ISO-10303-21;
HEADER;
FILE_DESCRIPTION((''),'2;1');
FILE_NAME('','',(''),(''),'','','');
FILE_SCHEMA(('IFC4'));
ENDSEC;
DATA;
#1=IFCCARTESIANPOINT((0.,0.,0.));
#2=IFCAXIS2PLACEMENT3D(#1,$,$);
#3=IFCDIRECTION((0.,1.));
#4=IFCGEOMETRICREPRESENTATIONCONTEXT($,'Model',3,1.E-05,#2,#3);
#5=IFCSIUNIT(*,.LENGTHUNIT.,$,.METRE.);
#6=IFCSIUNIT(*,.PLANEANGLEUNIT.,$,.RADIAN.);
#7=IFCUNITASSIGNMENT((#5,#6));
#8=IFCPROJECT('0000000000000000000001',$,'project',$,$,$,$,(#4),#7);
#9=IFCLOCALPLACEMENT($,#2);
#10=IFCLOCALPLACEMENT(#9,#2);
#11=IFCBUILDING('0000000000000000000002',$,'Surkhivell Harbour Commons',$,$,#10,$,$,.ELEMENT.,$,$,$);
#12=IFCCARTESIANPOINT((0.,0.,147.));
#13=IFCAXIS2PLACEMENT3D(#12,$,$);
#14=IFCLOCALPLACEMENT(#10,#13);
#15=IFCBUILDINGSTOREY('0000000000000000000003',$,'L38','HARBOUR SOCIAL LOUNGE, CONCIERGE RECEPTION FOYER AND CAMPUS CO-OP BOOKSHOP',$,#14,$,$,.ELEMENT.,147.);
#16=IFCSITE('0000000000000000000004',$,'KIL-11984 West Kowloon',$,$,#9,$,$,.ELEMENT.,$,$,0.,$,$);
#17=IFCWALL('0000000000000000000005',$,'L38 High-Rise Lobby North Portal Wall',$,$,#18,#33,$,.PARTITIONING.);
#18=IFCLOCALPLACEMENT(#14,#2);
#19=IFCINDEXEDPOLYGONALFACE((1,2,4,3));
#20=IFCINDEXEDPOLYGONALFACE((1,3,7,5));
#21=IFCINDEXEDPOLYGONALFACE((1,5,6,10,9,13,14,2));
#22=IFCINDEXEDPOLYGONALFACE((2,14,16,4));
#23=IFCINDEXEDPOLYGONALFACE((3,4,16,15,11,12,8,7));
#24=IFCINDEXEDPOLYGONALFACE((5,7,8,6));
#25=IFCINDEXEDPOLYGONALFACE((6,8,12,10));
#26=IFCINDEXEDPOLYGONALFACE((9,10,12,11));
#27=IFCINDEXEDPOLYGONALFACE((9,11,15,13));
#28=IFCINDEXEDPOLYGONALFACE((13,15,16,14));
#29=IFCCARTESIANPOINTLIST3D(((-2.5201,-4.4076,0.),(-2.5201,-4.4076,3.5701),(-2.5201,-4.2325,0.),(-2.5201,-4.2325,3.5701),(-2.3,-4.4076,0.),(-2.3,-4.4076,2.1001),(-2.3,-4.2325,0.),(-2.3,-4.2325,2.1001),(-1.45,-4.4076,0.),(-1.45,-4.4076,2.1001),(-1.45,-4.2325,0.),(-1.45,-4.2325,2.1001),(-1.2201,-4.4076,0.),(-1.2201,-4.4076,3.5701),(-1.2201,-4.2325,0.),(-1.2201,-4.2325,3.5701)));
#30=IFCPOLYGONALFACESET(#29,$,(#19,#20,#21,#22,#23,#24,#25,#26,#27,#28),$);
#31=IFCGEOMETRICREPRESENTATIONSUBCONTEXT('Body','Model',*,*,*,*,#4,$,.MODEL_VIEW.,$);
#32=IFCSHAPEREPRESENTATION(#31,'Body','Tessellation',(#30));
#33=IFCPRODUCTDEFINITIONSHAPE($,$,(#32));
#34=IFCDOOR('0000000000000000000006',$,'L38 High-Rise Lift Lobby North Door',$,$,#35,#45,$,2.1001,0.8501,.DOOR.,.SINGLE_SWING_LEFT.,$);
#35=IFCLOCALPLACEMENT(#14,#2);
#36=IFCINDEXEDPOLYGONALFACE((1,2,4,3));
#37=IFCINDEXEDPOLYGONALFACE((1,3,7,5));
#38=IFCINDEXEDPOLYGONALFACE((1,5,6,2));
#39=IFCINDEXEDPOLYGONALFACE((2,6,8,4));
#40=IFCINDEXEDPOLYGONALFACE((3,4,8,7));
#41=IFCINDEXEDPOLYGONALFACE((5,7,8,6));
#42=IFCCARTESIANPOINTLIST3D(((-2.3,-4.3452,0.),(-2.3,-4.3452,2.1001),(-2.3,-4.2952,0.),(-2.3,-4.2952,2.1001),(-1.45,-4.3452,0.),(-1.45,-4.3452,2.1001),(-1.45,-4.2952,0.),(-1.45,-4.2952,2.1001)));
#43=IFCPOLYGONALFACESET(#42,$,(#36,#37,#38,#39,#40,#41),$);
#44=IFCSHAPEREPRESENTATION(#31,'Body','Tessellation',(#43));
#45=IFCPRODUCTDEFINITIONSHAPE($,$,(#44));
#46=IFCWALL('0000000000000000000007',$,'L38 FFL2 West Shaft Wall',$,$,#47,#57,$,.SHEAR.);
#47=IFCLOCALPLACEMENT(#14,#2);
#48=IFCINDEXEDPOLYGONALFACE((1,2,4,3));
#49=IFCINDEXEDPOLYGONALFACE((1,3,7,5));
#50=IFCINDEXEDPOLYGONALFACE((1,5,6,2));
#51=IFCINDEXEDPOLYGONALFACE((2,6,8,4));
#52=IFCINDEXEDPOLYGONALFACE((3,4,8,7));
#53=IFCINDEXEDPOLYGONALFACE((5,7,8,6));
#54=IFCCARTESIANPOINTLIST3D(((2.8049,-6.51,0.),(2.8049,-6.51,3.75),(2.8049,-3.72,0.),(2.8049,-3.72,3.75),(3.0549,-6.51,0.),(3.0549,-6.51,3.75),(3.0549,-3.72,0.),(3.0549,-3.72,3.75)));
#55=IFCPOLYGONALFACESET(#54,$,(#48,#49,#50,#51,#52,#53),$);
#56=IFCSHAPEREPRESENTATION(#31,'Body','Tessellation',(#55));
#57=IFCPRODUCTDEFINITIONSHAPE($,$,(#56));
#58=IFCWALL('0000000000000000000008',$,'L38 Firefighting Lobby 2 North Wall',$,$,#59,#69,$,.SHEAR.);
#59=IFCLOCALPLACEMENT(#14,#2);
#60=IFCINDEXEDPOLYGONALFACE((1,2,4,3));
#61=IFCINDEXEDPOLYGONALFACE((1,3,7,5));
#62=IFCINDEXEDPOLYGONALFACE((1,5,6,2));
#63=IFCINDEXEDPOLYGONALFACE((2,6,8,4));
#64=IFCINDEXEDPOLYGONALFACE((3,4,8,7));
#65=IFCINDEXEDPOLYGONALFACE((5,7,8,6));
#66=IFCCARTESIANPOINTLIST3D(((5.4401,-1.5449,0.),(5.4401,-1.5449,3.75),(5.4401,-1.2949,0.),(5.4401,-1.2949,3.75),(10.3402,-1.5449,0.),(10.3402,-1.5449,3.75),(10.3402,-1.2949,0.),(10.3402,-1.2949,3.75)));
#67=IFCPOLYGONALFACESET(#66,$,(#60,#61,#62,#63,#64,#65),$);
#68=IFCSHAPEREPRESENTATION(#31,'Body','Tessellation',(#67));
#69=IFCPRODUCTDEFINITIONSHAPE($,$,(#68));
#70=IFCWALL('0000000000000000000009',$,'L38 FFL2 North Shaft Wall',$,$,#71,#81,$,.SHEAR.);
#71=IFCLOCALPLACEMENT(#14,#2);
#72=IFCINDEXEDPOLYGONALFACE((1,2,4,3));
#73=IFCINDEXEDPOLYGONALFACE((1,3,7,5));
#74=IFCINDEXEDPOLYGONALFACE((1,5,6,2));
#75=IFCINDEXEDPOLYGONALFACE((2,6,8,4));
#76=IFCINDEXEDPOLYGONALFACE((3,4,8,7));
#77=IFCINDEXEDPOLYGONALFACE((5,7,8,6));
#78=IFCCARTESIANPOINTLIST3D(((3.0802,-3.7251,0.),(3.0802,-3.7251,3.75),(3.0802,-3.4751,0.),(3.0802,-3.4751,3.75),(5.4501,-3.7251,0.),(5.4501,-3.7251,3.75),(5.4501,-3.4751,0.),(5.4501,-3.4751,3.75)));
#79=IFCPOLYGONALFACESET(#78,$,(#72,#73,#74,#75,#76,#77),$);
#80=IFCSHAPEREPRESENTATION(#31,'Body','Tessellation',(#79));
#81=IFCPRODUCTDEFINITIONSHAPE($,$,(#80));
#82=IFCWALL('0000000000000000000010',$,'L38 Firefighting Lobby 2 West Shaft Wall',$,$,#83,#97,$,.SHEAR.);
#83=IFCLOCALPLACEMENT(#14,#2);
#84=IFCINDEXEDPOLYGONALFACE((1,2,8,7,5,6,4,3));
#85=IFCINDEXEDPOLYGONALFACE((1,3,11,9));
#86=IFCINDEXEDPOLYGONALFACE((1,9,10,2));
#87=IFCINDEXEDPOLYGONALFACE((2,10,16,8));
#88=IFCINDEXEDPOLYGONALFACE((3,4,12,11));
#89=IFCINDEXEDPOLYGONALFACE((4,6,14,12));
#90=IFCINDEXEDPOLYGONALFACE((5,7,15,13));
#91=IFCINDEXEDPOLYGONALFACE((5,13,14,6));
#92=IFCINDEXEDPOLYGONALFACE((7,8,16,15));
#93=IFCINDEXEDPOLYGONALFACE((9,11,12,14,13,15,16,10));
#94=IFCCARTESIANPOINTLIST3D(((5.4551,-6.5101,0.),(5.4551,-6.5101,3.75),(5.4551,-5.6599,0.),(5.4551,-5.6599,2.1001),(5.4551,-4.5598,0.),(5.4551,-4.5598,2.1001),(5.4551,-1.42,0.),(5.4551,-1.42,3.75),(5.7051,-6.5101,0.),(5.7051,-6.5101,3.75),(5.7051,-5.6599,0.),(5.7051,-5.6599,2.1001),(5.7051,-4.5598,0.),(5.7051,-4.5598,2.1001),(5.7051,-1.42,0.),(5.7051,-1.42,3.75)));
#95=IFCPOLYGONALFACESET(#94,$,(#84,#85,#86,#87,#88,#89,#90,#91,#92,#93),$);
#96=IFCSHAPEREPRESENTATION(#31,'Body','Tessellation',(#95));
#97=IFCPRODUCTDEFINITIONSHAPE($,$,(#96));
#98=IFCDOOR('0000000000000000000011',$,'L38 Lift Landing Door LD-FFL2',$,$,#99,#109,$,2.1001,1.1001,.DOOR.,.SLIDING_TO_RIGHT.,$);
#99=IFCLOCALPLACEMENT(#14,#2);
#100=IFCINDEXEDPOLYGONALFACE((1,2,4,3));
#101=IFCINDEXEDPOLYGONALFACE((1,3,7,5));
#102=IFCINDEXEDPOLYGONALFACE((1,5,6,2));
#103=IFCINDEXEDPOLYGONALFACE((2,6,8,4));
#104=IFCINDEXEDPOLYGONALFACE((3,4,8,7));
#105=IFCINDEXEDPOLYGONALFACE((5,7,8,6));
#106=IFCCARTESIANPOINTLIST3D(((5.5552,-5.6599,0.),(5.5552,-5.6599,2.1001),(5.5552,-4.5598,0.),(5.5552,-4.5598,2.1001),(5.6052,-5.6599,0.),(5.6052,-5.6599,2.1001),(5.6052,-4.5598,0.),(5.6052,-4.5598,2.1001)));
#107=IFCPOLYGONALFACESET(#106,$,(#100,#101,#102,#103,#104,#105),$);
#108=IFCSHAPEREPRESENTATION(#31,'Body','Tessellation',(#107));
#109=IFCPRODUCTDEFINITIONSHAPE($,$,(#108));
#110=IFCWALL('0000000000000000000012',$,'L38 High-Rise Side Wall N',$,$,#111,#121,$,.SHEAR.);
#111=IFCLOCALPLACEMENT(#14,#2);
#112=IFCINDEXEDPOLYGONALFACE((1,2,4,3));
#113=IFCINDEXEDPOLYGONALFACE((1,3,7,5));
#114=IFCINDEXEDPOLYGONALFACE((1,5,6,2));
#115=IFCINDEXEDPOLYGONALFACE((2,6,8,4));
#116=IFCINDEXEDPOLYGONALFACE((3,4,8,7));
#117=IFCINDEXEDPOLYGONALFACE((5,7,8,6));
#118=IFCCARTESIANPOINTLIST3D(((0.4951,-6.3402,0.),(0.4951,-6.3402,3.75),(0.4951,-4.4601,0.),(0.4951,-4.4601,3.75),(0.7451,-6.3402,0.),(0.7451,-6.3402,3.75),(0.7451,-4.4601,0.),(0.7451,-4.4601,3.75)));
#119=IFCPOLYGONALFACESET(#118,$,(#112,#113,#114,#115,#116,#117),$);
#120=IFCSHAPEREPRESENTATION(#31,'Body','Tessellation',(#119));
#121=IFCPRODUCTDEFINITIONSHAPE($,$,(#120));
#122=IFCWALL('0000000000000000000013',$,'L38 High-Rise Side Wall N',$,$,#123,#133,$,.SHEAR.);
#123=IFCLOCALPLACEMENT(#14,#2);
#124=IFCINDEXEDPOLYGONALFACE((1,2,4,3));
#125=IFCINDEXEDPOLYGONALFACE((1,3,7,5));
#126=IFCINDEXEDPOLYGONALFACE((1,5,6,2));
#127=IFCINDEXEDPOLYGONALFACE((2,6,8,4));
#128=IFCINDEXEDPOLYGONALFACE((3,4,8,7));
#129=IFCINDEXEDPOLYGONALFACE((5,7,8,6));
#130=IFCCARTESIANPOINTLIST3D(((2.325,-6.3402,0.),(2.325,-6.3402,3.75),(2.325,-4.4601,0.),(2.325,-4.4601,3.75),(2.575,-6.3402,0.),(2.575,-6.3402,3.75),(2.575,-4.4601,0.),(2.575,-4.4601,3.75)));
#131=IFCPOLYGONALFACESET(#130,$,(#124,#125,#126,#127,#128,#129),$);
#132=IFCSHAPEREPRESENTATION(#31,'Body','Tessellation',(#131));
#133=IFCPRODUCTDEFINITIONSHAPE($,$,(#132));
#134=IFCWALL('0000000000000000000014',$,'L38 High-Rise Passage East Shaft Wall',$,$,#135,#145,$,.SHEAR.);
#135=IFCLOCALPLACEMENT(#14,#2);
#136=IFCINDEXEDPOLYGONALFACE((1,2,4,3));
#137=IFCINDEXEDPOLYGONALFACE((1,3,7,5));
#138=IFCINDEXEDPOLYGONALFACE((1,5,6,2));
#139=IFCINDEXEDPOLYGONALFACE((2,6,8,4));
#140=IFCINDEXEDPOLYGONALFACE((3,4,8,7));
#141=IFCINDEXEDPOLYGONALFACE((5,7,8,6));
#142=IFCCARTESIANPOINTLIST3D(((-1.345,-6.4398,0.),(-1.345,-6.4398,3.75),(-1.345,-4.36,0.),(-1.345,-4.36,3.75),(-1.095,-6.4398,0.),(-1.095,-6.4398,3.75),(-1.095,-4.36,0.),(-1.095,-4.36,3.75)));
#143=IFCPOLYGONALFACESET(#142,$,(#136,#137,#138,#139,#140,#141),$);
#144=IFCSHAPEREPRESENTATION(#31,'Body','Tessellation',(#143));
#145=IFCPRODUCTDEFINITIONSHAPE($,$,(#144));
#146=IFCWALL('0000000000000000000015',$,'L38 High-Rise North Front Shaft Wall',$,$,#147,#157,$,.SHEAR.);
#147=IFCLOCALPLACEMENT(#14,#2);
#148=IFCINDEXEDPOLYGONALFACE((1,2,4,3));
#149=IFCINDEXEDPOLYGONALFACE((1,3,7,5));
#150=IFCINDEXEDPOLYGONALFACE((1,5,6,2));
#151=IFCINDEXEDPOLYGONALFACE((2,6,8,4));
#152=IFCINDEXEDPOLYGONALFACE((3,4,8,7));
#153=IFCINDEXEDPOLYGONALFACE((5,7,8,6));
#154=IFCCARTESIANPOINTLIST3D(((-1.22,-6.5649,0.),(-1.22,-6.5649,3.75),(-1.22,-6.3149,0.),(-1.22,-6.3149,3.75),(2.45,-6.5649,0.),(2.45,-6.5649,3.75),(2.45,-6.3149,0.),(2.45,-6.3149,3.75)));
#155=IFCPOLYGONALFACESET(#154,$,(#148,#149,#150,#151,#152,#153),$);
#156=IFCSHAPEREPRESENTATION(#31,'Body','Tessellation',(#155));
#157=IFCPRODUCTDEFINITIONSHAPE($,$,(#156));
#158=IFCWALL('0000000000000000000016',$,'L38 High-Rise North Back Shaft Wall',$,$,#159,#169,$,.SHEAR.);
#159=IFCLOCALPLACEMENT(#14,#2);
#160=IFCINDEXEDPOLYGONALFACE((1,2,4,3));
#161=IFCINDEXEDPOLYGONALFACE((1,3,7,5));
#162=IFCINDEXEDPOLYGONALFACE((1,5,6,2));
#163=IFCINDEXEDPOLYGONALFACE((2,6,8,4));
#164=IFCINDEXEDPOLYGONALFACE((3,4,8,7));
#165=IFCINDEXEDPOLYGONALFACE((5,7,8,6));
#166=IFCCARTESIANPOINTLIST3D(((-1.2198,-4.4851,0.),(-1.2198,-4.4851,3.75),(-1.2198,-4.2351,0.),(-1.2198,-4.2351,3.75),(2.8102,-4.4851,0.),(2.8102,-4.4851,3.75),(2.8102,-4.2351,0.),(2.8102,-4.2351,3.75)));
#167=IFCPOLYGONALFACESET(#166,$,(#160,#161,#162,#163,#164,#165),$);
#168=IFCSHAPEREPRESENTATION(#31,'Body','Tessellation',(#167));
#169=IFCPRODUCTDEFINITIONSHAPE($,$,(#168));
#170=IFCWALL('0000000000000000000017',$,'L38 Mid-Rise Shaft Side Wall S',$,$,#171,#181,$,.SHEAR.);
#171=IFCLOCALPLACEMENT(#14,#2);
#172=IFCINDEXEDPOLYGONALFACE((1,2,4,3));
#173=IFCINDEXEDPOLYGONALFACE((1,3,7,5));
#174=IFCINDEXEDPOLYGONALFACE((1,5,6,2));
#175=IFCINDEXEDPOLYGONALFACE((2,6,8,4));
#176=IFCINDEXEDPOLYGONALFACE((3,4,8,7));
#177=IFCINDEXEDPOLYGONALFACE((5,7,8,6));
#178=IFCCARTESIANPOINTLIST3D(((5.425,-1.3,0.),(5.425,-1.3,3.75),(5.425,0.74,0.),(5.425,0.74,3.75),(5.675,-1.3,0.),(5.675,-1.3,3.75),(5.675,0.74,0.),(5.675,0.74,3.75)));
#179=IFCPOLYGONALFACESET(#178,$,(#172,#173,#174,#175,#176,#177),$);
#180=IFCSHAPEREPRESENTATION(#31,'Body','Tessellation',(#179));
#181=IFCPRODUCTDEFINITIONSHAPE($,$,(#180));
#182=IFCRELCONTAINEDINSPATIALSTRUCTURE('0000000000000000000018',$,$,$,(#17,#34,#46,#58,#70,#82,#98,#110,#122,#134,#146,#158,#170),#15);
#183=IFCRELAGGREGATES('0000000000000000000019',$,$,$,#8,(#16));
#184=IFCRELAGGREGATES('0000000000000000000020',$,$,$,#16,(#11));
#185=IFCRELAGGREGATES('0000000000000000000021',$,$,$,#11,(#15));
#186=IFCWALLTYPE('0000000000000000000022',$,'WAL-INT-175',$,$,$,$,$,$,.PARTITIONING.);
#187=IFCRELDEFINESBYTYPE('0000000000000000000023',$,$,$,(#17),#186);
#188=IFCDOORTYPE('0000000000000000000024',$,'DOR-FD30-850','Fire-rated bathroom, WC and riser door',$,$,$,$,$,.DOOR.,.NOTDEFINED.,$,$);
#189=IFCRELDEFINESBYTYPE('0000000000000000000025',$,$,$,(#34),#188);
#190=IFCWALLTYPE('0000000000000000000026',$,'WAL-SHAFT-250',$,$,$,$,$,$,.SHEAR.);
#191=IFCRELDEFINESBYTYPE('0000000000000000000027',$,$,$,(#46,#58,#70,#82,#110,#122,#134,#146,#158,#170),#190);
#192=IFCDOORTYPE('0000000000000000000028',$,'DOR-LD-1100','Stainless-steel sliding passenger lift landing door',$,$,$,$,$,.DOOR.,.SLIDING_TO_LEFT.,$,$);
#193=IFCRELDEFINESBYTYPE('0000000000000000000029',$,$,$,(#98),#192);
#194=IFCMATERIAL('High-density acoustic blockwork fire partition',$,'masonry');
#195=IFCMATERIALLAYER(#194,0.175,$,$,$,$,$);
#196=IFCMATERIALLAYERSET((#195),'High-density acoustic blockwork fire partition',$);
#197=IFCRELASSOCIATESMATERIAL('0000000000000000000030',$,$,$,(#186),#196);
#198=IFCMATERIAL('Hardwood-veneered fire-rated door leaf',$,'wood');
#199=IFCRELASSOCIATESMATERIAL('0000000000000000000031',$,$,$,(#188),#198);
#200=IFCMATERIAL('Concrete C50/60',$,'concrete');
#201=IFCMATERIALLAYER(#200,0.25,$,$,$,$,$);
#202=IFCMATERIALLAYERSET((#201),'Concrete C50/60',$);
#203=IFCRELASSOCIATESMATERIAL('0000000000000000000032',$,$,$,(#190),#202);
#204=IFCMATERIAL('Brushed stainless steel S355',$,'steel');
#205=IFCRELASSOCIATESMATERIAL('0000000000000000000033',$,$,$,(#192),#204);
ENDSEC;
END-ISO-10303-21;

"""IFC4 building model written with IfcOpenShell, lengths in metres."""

from ifc_helpers import new_model, si_unit, direction, frame, frame_2d, origin, place, context, subcontext, project, spatial, rectangle, extrude, material, layer, layer_set, type_object, element, fill, save


model = new_model("IFC4")

# Units and contexts
model_context = context("Model", 3, precision=1e-05, world=origin(), true_north=direction((0.0, 1.0)))
body_context = subcontext(model_context, "Body", "Model", "MODEL_VIEW")
ifc_project = project(units=[si_unit("LENGTHUNIT", "METRE"), si_unit("PLANEANGLEUNIT", "RADIAN")], contexts=[model_context])

# Site, building, storey
site_placement = place(None, origin())
site = spatial("IfcSite", under=ifc_project, at=site_placement, Name="KIL-11984 West Kowloon", CompositionType="ELEMENT", RefElevation=0.0)
building_placement = place(site_placement, origin())
building = spatial("IfcBuilding", under=site, at=building_placement, Name="Surkhivell Harbour Commons", CompositionType="ELEMENT")
storey_placement = place(building_placement, frame((0.0, 0.0, 147.0)))
storey = spatial("IfcBuildingStorey", under=building, at=storey_placement, Name="L38", Description="HARBOUR SOCIAL LOUNGE, CONCIERGE RECEPTION FOYER AND CAMPUS CO-OP BOOKSHOP", CompositionType="ELEMENT", Elevation=147.0)

# Wall, opening, door
ifc_material_1 = material(Name="High-density acoustic blockwork fire partition", Category="masonry")
ifc_layer_1 = layer(ifc_material_1, 0.175)
ifc_layer_set_1 = layer_set([ifc_layer_1], Name="High-density acoustic blockwork fire partition")
wall_type_1 = type_object("IfcWallType", Name="WAL-INT-175", PredefinedType="PARTITIONING", material=ifc_layer_set_1)
wall_1_placement = place(storey_placement, frame((-2.52, -4.3201, 0.0), z_axis=(0.0, 0.0, 1.0), x_axis=(1.0, 0.0, 0.0)))
wall_1 = element("IfcWall", 1, at=wall_1_placement, inside=storey, type_object=wall_type_1, Name="L38 High-Rise Lobby North Portal Wall", PredefinedType="PARTITIONING", context=body_context, shape_type="SweptSolid", body=[
    extrude(rectangle(XDim=1.3, YDim=0.175, at=frame_2d((0.6499, 0.0))), origin(), (0.0, 0.0, 1.0), 3.5701),
])
opening_1_placement = place(wall_1_placement, frame((0.22, 0.0, 0.0)))
opening_1 = element("IfcOpeningElement", 2, at=opening_1_placement, cuts=wall_1, PredefinedType="OPENING", context=body_context, shape_type="SweptSolid", body=[
    extrude(rectangle(XDim=0.8501, YDim=2.1001, at=frame_2d((0.425, 1.05))), frame((0.0, 0.0974, 0.0), z_axis=(0.0, -1.0, 0.0), x_axis=(1.0, 0.0, 0.0)), (0.0, 0.0, 1.0), 0.1951),
])
ifc_material_2 = material(Name="Hardwood-veneered fire-rated door leaf", Category="wood")
door_type_1 = type_object("IfcDoorType", Name="DOR-FD30-850", Description="Fire-rated bathroom, WC and riser door", OperationType="NOTDEFINED", PredefinedType="DOOR", material=ifc_material_2)
door_1_placement = place(opening_1_placement, origin())
door_1 = element("IfcDoor", 3, at=door_1_placement, inside=storey, type_object=door_type_1, Name="L38 High-Rise Lift Lobby North Door", OperationType="SINGLE_SWING_LEFT", OverallHeight=2.1001, OverallWidth=0.8501, PredefinedType="DOOR", context=body_context, shape_type="SweptSolid", body=[
    extrude(rectangle(XDim=0.8501, YDim=2.1001, at=frame_2d((0.425, 1.05))), frame((0.0, 0.0249, 0.0), z_axis=(0.0, -1.0, 0.0), x_axis=(1.0, 0.0, 0.0)), (0.0, 0.0, 1.0), 0.05),
])
fill(opening_1, door_1)

# Walls
ifc_material_3 = material(Name="Concrete C50/60", Category="concrete")
ifc_layer_2 = layer(ifc_material_3, 0.25)
ifc_layer_set_2 = layer_set([ifc_layer_2], Name="Concrete C50/60")
wall_type_2 = type_object("IfcWallType", Name="WAL-SHAFT-250", PredefinedType="SHEAR", material=ifc_layer_set_2)
wall_2_placement = place(storey_placement, frame((2.9299, -6.51, 0.0), z_axis=(0.0, 0.0, 1.0), x_axis=(0.0, 1.0, 0.0)))
element("IfcWall", 4, at=wall_2_placement, inside=storey, type_object=wall_type_2, Name="L38 FFL2 West Shaft Wall", PredefinedType="SHEAR", context=body_context, shape_type="SweptSolid", body=[
    extrude(rectangle(XDim=2.79, YDim=0.25, at=frame_2d((1.395, 0.0))), origin(), (0.0, 0.0, 1.0), 3.75),
])
wall_3_placement = place(storey_placement, frame((5.4399, -1.4199, 0.0), z_axis=(0.0, 0.0, 1.0), x_axis=(1.0, 0.0, 0.0)))
element("IfcWall", 5, at=wall_3_placement, inside=storey, type_object=wall_type_2, Name="L38 Firefighting Lobby 2 North Wall", PredefinedType="SHEAR", context=body_context, shape_type="SweptSolid", body=[
    extrude(rectangle(XDim=4.9001, YDim=0.25, at=frame_2d((2.4502, 0.0))), origin(), (0.0, 0.0, 1.0), 3.75),
])
wall_4_placement = place(storey_placement, frame((3.0801, -3.6001, 0.0), z_axis=(0.0, 0.0, 1.0), x_axis=(1.0, 0.0, 0.0)))
element("IfcWall", 6, at=wall_4_placement, inside=storey, type_object=wall_type_2, Name="L38 FFL2 North Shaft Wall", PredefinedType="SHEAR", context=body_context, shape_type="SweptSolid", body=[
    extrude(rectangle(XDim=2.3699, YDim=0.25, at=frame_2d((1.1851, 0.0))), origin(), (0.0, 0.0, 1.0), 3.75),
])

# Wall, opening, door
wall_5_placement = place(storey_placement, frame((5.5801, -6.51, 0.0), z_axis=(0.0, 0.0, 1.0), x_axis=(0.0, 1.0, 0.0)))
wall_5 = element("IfcWall", 7, at=wall_5_placement, inside=storey, type_object=wall_type_2, Name="L38 Firefighting Lobby 2 West Shaft Wall", PredefinedType="SHEAR", context=body_context, shape_type="SweptSolid", body=[
    extrude(rectangle(XDim=5.0901, YDim=0.25, at=frame_2d((2.5449, 0.0))), origin(), (0.0, 0.0, 1.0), 3.75),
])
opening_2_placement = place(wall_5_placement, frame((0.8501, 0.0, 0.0)))
opening_2 = element("IfcOpeningElement", 8, at=opening_2_placement, cuts=wall_5, PredefinedType="OPENING", context=body_context, shape_type="SweptSolid", body=[
    extrude(rectangle(XDim=1.1001, YDim=2.1001, at=frame_2d((0.55, 1.05))), frame((0.0, 0.135, 0.0), z_axis=(0.0, -1.0, 0.0), x_axis=(1.0, 0.0, 0.0)), (0.0, 0.0, 1.0), 0.27),
])
ifc_material_4 = material(Name="Brushed stainless steel S355", Category="steel")
door_type_2 = type_object("IfcDoorType", Name="DOR-LD-1100", Description="Stainless-steel sliding passenger lift landing door", OperationType="SLIDING_TO_LEFT", PredefinedType="DOOR", material=ifc_material_4)
door_2_placement = place(opening_2_placement, origin())
door_2 = element("IfcDoor", 9, at=door_2_placement, inside=storey, type_object=door_type_2, Name="L38 Lift Landing Door LD-FFL2", OperationType="SLIDING_TO_RIGHT", OverallHeight=2.1001, OverallWidth=1.1001, PredefinedType="DOOR", context=body_context, shape_type="SweptSolid", body=[
    extrude(rectangle(XDim=1.1001, YDim=2.1001, at=frame_2d((0.55, 1.05))), frame((0.0, 0.0249, 0.0), z_axis=(0.0, -1.0, 0.0), x_axis=(1.0, 0.0, 0.0)), (0.0, 0.0, 1.0), 0.05),
])
fill(opening_2, door_2)

# Walls
for number, where, z_axis, x_axis, name in (
    (10, (0.6201, -6.3401, 0.0), (0.0, 0.0, 1.0), (0.0, 1.0, 0.0), "L38 High-Rise Side Wall N"),
    (11, (2.45, -6.3401, 0.0), (0.0, 0.0, 1.0), (0.0, 1.0, 0.0), "L38 High-Rise Side Wall N"),
):
    element("IfcWall", number, at=place(storey_placement, frame(where, z_axis=z_axis, x_axis=x_axis)), inside=storey, type_object=wall_type_2, Name=name, PredefinedType="SHEAR", context=body_context, shape_type="SweptSolid", body=[
        extrude(rectangle(XDim=1.8801, YDim=0.25, at=frame_2d((0.9399, 0.0))), origin(), (0.0, 0.0, 1.0), 3.75),
    ])
wall_6_placement = place(storey_placement, frame((-1.22, -6.4399, 0.0), z_axis=(0.0, 0.0, 1.0), x_axis=(0.0, 1.0, 0.0)))
element("IfcWall", 12, at=wall_6_placement, inside=storey, type_object=wall_type_2, Name="L38 High-Rise Passage East Shaft Wall", PredefinedType="SHEAR", context=body_context, shape_type="SweptSolid", body=[
    extrude(rectangle(XDim=2.0798, YDim=0.25, at=frame_2d((1.04, 0.0))), origin(), (0.0, 0.0, 1.0), 3.75),
])
wall_7_placement = place(storey_placement, frame((-1.22, -6.4399, 0.0), z_axis=(0.0, 0.0, 1.0), x_axis=(1.0, 0.0, 0.0)))
element("IfcWall", 13, at=wall_7_placement, inside=storey, type_object=wall_type_2, Name="L38 High-Rise North Front Shaft Wall", PredefinedType="SHEAR", context=body_context, shape_type="SweptSolid", body=[
    extrude(rectangle(XDim=3.6699, YDim=0.25, at=frame_2d((1.835, 0.0))), origin(), (0.0, 0.0, 1.0), 3.75),
])
wall_8_placement = place(storey_placement, frame((-1.22, -4.3601, 0.0), z_axis=(0.0, 0.0, 1.0), x_axis=(1.0, 0.0, 0.0)))
element("IfcWall", 14, at=wall_8_placement, inside=storey, type_object=wall_type_2, Name="L38 High-Rise North Back Shaft Wall", PredefinedType="SHEAR", context=body_context, shape_type="SweptSolid", body=[
    extrude(rectangle(XDim=4.03, YDim=0.25, at=frame_2d((2.0151, 0.0))), origin(), (0.0, 0.0, 1.0), 3.75),
])
wall_9_placement = place(storey_placement, frame((5.55, -1.3, 0.0), z_axis=(0.0, 0.0, 1.0), x_axis=(0.0, 1.0, 0.0)))
element("IfcWall", 15, at=wall_9_placement, inside=storey, type_object=wall_type_2, Name="L38 Mid-Rise Shaft Side Wall S", PredefinedType="SHEAR", context=body_context, shape_type="SweptSolid", body=[
    extrude(rectangle(XDim=2.04, YDim=0.25, at=frame_2d((1.02, 0.0))), origin(), (0.0, 0.0, 1.0), 3.75),
])

save(model, "model.ifc")
